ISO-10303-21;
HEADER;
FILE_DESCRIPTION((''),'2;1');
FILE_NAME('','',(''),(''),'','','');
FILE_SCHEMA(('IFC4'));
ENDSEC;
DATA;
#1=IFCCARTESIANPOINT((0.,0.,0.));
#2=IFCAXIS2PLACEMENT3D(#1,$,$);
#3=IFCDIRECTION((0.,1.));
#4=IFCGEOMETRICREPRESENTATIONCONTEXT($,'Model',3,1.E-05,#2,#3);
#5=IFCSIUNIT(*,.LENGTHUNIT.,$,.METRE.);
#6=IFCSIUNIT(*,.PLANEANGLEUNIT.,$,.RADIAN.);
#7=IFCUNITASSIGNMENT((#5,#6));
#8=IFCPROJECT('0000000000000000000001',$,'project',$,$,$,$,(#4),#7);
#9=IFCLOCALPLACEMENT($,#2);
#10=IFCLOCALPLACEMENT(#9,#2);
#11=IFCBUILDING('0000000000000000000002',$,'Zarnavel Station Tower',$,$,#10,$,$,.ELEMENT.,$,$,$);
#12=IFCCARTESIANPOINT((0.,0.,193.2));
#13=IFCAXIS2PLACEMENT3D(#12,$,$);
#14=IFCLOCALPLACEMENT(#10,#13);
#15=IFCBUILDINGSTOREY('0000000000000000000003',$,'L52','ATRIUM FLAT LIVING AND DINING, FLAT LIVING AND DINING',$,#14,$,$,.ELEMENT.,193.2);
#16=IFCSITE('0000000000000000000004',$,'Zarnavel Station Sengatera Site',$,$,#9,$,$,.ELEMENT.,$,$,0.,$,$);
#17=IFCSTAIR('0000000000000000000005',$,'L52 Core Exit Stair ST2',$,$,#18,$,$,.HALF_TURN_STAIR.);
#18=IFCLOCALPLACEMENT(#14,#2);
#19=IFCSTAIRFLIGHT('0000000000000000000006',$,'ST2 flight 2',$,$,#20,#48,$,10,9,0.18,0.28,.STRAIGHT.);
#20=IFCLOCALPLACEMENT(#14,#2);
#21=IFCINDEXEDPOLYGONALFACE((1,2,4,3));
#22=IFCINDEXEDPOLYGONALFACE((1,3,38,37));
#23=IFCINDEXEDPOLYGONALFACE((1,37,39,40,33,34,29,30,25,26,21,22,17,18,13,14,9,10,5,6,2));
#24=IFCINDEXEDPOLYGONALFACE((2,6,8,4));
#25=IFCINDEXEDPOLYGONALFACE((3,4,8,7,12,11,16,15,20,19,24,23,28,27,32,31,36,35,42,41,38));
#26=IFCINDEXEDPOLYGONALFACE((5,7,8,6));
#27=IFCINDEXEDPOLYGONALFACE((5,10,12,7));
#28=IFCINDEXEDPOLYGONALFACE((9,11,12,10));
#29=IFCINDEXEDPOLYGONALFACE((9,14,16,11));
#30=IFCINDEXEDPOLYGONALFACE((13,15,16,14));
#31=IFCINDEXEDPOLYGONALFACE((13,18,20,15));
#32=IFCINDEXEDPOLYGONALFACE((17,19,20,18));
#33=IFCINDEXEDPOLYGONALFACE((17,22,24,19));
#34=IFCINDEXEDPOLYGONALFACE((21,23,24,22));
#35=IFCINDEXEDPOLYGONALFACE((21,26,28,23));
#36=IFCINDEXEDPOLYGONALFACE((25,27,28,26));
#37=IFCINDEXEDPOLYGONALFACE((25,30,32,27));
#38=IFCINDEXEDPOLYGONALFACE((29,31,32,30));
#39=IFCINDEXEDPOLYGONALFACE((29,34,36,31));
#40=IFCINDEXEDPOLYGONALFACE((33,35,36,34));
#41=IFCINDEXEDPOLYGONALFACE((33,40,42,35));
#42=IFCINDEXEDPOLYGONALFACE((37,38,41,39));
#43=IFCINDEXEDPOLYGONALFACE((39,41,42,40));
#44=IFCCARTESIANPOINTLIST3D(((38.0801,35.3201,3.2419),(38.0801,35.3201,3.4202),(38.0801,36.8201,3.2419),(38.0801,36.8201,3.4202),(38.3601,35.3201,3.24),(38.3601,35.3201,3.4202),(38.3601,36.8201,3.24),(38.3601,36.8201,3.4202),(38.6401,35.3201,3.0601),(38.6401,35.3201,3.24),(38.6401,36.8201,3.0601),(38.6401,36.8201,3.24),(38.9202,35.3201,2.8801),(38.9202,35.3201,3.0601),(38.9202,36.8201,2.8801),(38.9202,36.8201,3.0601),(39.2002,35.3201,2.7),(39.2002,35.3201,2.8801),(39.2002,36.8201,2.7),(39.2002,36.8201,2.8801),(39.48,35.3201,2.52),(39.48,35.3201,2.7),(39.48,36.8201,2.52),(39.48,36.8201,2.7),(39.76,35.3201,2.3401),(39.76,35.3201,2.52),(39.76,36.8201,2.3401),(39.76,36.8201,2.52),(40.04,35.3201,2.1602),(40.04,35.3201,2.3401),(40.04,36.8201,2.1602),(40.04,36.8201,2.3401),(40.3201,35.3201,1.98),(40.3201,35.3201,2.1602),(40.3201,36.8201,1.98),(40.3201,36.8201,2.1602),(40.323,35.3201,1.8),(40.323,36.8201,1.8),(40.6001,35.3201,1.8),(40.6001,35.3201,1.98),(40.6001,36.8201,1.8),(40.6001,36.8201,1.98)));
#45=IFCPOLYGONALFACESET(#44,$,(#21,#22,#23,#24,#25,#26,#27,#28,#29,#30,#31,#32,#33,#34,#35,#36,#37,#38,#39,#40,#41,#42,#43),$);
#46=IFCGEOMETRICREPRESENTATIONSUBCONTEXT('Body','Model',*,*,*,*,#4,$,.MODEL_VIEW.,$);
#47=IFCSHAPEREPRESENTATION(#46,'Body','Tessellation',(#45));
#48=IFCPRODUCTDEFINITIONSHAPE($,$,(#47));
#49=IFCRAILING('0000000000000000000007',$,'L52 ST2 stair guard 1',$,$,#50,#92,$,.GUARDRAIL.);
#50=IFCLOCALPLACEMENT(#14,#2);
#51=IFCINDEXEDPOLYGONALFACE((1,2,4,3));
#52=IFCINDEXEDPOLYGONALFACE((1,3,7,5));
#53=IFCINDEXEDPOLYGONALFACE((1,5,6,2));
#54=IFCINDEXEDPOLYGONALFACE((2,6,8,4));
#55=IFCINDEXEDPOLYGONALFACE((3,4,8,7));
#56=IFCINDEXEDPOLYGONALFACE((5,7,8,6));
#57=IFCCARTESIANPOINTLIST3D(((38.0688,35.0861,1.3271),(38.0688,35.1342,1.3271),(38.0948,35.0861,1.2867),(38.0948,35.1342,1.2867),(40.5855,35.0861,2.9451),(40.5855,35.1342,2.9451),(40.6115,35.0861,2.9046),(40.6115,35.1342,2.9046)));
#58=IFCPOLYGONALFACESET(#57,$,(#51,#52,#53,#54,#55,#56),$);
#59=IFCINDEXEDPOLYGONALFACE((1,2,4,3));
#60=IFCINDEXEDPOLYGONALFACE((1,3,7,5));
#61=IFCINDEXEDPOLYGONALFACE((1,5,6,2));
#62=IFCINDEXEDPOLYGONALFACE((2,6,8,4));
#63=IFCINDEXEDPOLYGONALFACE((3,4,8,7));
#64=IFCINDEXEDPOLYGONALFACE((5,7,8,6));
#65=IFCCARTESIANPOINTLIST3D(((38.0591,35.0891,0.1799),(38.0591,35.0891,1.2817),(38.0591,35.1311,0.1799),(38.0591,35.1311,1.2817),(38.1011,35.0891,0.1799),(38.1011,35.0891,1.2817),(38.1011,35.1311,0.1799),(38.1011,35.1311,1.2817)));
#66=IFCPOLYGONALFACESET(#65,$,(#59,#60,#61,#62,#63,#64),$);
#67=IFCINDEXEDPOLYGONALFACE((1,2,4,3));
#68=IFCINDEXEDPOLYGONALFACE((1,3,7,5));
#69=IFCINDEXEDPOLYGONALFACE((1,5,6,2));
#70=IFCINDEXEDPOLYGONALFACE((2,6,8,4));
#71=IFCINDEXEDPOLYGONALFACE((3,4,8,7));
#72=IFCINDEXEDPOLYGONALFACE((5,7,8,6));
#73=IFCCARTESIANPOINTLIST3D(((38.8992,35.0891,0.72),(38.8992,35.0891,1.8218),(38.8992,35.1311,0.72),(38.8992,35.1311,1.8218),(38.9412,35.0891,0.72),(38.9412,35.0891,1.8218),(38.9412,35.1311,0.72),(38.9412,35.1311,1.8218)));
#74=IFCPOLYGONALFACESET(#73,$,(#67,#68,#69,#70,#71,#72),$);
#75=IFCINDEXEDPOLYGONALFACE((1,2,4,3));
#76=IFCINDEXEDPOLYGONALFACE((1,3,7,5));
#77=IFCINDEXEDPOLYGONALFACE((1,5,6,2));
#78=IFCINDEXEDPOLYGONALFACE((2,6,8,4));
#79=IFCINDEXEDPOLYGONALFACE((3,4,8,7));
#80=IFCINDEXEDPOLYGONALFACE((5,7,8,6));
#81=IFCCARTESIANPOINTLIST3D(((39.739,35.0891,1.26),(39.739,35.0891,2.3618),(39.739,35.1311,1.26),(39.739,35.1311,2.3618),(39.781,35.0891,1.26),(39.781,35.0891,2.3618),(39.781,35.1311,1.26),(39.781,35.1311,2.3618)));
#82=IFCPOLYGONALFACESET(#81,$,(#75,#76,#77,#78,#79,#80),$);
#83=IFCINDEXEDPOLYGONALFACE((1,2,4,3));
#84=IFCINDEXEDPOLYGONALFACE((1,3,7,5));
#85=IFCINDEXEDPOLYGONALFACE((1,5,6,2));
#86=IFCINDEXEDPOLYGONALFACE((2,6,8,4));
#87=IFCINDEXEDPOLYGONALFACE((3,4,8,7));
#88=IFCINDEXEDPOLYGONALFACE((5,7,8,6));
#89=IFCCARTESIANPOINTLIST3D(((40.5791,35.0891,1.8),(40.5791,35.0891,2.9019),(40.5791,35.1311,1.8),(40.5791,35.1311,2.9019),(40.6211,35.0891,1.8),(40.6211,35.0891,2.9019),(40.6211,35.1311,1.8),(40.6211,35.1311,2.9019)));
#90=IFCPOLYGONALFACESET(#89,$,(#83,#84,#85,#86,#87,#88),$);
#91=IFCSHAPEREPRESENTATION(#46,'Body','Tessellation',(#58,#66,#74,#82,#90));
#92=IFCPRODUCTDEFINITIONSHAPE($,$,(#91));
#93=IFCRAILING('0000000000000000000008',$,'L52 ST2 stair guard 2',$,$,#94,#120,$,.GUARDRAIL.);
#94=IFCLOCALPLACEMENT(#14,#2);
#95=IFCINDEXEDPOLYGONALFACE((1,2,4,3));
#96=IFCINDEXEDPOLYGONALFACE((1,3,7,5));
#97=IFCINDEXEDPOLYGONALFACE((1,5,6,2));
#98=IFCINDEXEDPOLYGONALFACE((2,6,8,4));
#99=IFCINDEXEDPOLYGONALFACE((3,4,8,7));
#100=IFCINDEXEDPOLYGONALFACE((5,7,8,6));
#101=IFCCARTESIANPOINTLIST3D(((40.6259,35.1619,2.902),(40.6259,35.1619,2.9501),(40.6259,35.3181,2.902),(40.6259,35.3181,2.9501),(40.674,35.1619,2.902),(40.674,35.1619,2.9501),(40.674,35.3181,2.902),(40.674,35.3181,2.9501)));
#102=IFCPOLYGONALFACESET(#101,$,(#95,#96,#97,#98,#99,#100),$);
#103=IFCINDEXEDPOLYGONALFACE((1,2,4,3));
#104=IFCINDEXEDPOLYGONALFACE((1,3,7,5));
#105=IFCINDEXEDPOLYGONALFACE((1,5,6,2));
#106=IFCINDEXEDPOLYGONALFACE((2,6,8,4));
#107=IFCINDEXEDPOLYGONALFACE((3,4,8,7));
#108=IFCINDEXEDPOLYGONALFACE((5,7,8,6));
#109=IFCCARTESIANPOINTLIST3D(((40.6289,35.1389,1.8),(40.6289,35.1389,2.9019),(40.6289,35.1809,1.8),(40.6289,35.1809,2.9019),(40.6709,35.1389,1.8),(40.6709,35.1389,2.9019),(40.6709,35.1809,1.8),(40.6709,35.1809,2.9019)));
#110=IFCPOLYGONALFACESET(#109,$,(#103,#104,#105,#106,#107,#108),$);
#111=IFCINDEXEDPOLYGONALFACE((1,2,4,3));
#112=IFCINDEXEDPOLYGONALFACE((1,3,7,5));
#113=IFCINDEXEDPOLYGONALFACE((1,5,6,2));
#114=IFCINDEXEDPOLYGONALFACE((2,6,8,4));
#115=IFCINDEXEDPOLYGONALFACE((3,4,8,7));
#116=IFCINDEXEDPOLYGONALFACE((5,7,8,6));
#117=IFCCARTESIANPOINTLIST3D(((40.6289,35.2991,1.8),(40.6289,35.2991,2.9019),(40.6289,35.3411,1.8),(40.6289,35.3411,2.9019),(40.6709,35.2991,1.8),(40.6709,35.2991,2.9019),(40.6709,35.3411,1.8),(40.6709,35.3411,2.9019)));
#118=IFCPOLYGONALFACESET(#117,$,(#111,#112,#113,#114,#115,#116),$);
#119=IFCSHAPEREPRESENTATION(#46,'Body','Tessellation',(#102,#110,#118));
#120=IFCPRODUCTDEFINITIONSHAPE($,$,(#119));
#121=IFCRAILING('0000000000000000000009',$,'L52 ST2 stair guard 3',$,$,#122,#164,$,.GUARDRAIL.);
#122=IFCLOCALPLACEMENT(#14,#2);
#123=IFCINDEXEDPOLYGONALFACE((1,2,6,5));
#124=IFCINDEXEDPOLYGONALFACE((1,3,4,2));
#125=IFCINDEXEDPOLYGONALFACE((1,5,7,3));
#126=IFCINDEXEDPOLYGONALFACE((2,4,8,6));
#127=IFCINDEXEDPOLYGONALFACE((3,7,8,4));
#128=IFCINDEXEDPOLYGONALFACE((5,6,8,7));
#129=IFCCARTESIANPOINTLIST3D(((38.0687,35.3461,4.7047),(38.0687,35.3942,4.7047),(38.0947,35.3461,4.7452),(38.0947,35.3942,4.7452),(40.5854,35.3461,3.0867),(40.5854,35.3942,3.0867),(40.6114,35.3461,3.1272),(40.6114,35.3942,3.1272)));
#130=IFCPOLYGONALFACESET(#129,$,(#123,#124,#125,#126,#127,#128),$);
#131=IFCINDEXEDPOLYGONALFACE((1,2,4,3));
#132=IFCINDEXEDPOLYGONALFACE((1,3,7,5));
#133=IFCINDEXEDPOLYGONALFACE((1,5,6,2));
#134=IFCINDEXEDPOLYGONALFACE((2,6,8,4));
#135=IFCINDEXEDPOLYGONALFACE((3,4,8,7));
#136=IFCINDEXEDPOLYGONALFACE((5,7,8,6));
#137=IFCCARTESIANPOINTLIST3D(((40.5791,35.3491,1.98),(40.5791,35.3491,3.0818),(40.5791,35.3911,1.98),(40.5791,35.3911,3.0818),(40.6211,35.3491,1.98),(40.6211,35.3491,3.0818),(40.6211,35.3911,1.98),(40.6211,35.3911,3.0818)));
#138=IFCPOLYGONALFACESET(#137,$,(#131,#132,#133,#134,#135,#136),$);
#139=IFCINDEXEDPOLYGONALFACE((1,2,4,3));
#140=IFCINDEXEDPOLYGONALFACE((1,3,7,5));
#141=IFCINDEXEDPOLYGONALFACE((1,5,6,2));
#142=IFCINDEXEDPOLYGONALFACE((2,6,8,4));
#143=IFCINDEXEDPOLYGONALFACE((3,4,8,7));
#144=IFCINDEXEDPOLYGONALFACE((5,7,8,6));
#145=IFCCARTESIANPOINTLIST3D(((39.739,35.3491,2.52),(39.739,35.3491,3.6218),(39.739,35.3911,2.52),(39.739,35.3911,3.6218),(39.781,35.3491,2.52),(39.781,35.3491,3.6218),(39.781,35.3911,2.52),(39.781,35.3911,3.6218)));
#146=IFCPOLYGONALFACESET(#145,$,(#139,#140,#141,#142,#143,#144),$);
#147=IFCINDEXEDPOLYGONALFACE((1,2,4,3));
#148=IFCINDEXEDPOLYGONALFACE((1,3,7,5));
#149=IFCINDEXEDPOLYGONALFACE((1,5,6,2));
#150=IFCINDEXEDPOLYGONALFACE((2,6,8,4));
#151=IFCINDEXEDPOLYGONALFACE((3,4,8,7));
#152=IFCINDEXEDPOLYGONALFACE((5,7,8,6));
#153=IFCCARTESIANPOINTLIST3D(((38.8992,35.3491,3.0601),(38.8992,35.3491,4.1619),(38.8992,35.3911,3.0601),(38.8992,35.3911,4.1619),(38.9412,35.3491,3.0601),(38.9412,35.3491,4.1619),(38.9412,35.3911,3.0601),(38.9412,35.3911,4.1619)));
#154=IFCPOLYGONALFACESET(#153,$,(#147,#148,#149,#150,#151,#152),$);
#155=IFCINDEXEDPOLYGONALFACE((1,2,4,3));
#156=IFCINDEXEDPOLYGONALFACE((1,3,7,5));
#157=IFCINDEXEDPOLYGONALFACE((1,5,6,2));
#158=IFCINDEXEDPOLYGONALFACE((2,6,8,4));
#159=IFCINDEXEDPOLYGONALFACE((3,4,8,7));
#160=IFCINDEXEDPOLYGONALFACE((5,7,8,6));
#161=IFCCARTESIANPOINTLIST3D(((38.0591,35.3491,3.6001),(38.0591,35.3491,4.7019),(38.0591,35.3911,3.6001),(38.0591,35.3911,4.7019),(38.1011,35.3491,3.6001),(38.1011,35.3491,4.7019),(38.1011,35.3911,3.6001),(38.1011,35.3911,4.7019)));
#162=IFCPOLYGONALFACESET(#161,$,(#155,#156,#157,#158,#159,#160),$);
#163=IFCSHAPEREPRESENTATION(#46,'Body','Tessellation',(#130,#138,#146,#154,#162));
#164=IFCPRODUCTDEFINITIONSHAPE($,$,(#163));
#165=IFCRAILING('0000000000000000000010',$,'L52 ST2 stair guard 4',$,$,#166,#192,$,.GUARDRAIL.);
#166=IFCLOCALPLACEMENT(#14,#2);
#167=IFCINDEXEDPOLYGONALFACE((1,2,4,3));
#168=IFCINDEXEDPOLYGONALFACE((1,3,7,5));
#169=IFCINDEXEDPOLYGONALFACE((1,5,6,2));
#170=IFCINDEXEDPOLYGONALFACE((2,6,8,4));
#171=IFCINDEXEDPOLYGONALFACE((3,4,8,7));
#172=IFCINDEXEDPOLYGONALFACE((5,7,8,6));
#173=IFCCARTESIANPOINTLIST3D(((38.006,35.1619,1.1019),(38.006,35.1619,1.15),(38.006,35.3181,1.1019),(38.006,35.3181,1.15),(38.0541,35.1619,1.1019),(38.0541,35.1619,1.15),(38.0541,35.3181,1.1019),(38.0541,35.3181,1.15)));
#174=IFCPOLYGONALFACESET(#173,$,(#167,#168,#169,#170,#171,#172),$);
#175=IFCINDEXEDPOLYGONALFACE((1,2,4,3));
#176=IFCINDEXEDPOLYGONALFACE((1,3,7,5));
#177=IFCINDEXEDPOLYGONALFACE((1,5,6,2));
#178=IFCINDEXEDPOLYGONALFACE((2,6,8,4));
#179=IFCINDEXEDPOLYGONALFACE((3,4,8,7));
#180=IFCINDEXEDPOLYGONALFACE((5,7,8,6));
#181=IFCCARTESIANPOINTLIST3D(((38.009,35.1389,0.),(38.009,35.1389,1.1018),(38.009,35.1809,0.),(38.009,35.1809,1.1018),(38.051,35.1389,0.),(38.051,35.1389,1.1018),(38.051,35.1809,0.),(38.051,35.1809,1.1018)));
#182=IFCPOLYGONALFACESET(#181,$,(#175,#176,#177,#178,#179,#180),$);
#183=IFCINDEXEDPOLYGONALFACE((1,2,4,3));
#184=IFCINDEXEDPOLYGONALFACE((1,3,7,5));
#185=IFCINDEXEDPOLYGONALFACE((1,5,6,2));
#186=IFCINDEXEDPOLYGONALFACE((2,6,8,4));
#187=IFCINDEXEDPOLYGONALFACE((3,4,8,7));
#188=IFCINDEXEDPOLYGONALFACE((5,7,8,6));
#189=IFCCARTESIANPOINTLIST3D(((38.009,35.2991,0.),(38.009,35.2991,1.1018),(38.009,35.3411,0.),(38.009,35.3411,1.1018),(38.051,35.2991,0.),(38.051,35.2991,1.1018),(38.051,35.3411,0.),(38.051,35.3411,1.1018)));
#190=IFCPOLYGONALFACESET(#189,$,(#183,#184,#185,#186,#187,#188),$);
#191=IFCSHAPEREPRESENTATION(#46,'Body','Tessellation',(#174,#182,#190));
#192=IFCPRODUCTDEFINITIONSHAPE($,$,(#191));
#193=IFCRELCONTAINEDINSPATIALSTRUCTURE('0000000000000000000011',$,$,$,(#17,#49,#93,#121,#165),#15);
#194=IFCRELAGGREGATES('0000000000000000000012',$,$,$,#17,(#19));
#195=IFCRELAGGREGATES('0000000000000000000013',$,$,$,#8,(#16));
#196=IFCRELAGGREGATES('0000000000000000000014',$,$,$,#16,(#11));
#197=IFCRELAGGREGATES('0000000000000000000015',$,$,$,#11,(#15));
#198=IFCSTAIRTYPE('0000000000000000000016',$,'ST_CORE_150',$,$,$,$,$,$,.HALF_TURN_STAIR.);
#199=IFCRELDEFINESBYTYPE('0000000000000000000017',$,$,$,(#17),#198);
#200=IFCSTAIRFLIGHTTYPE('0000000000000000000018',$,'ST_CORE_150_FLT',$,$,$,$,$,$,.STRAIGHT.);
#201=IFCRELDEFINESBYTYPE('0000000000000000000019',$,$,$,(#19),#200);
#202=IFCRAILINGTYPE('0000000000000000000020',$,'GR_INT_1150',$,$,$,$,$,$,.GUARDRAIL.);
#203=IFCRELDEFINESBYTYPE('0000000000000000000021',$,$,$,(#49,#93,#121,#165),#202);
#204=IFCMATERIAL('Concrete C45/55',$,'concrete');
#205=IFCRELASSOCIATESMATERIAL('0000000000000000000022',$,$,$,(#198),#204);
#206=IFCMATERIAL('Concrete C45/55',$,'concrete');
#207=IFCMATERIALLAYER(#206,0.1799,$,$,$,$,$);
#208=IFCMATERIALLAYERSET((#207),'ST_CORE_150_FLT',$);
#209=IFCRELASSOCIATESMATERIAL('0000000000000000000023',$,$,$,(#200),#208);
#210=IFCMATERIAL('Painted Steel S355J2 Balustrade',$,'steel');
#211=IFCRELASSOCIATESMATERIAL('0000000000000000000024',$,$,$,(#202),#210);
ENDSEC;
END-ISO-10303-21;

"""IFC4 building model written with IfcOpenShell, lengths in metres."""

from ifc_helpers import new_model, si_unit, direction, frame, origin, origin_2d, place, context, subcontext, project, spatial, polyline, rectangle, outline, extrude, material, layer, layer_set, type_object, element, aggregate, save


model = new_model("IFC4")

# Units and contexts
model_context = context("Model", 3, precision=1e-05, world=origin(), true_north=direction((0.0, 1.0)))
body_context = subcontext(model_context, "Body", "Model", "MODEL_VIEW")
ifc_project = project(units=[si_unit("LENGTHUNIT", "METRE"), si_unit("PLANEANGLEUNIT", "RADIAN")], contexts=[model_context])

# Site, building, storey
site_placement = place(None, origin())
site = spatial("IfcSite", under=ifc_project, at=site_placement, Name="Zarnavel Station Sengatera Site", CompositionType="ELEMENT", RefElevation=0.0)
building_placement = place(site_placement, origin())
building = spatial("IfcBuilding", under=site, at=building_placement, Name="Zarnavel Station Tower", CompositionType="ELEMENT")
storey_placement = place(building_placement, frame((0.0, 0.0, 193.2)))
storey = spatial("IfcBuildingStorey", under=building, at=storey_placement, Name="L52", Description="ATRIUM FLAT LIVING AND DINING, FLAT LIVING AND DINING", CompositionType="ELEMENT", Elevation=193.2)

# Stair, stair flight
ifc_material_1 = material(Name="Concrete C45/55", Category="concrete")
stair_type = type_object("IfcStairType", Name="ST_CORE_150", PredefinedType="HALF_TURN_STAIR", material=ifc_material_1)
stair_placement = place(storey_placement, origin())
stair = element("IfcStair", 1, at=stair_placement, inside=storey, type_object=stair_type, Name="L52 Core Exit Stair ST2", PredefinedType="HALF_TURN_STAIR")
ifc_material_2 = material(Name="Concrete C45/55", Category="concrete")
ifc_layer_1 = layer(ifc_material_2, 0.1799)
ifc_layer_set_1 = layer_set([ifc_layer_1], Name="ST_CORE_150_FLT")
stair_flight_type = type_object("IfcStairFlightType", Name="ST_CORE_150_FLT", PredefinedType="STRAIGHT", material=ifc_layer_set_1)
stair_flight_1_placement = place(storey_placement, frame((40.6001, 36.0701, 1.8), z_axis=(0.0, 0.0, 1.0), x_axis=(-1.0, 0.0, 0.0)))
stair_flight_1 = element("IfcStairFlight", 2, at=stair_flight_1_placement, type_object=stair_flight_type, Name="ST2 flight 2", NumberOfRisers=10, NumberOfTreads=9, PredefinedType="STRAIGHT", RiserHeight=0.18, TreadLength=0.28, context=body_context, shape_type="SweptSolid", body=[
    extrude(outline(polyline([(0.0, 0.0), (0.0, 0.1799), (0.28, 0.1799), (0.28, 0.3601), (0.5601, 0.3601), (0.5601, 0.54), (0.8401, 0.54), (0.8401, 0.72), (1.1201, 0.72), (1.1201, 0.8999), (1.3999, 0.8999), (1.3999, 1.0801), (1.6799, 1.0801), (1.6799, 1.26), (1.96, 1.26), (1.96, 1.4399), (2.24, 1.4399), (2.24, 1.6201), (2.52, 1.6201), (2.52, 1.8), (2.52, 1.4419), (0.2771, 0.0), (0.0, 0.0)])), frame((0.0, 0.75, 0.0), z_axis=(0.0, -1.0, 0.0), x_axis=(1.0, 0.0, 0.0)), (0.0, 0.0, 1.0), 1.5),
])
aggregate(stair, [stair_flight_1])

# Railings
ifc_material_3 = material(Name="Painted Steel S355J2 Balustrade", Category="steel")
railing_type_1 = type_object("IfcRailingType", Name="GR_INT_1150", PredefinedType="GUARDRAIL", material=ifc_material_3)
railing_1_placement = place(storey_placement, frame((38.0801, 35.1101, 0.1799)))
element("IfcRailing", 3, at=railing_1_placement, inside=storey, type_object=railing_type_1, Name="L52 ST2 stair guard 1", PredefinedType="GUARDRAIL", context=body_context, shape_type="SweptSolid", body=[
    extrude(rectangle(XDim=0.0481, YDim=0.0481, at=origin_2d()), frame((0.0017, 0.0, 1.127), z_axis=(0.841163, 0.0, 0.540782), x_axis=(0.0, 1.0, 0.0)), (0.0, 0.0, 1.0), 2.9919),
    extrude(rectangle(XDim=0.042, YDim=0.042, at=origin_2d()), origin(), (0.0, 0.0, 1.0), 1.1018),
    extrude(rectangle(XDim=0.042, YDim=0.042, at=origin_2d()), frame((0.8401, 0.0, 0.54)), (0.0, 0.0, 1.0), 1.1018),
    extrude(rectangle(XDim=0.042, YDim=0.042, at=origin_2d()), frame((1.6799, 0.0, 1.0801)), (0.0, 0.0, 1.0), 1.1018),
    extrude(rectangle(XDim=0.042, YDim=0.042, at=origin_2d()), frame((2.52, 0.0, 1.6201)), (0.0, 0.0, 1.0), 1.1018),
])
railing_2_placement = place(storey_placement, frame((40.6499, 35.1599, 1.8)))
element("IfcRailing", 4, at=railing_2_placement, inside=storey, type_object=railing_type_1, Name="L52 ST2 stair guard 2", PredefinedType="GUARDRAIL", context=body_context, shape_type="SweptSolid", body=[
    extrude(rectangle(XDim=0.0481, YDim=0.0481, at=origin_2d()), frame((0.0, 0.002, 1.126), z_axis=(0.0, 1.0, 0.0), x_axis=(-1.0, 0.0, 0.0)), (0.0, 0.0, 1.0), 0.1562),
    extrude(rectangle(XDim=0.042, YDim=0.042, at=origin_2d()), origin(), (0.0, 0.0, 1.0), 1.1018),
    extrude(rectangle(XDim=0.042, YDim=0.042, at=origin_2d()), frame((0.0, 0.1602, 0.0)), (0.0, 0.0, 1.0), 1.1018),
])
railing_3_placement = place(storey_placement, frame((40.6001, 35.3701, 1.98)))
element("IfcRailing", 5, at=railing_3_placement, inside=storey, type_object=railing_type_1, Name="L52 ST2 stair guard 3", PredefinedType="GUARDRAIL", context=body_context, shape_type="SweptSolid", body=[
    extrude(rectangle(XDim=0.0481, YDim=0.0481, at=origin_2d()), frame((-0.0017, 0.0, 1.127), z_axis=(-0.841163, 0.0, 0.540782), x_axis=(0.0, -1.0, 0.0)), (0.0, 0.0, 1.0), 2.9919),
    extrude(rectangle(XDim=0.042, YDim=0.042, at=origin_2d()), origin(), (0.0, 0.0, 1.0), 1.1018),
    extrude(rectangle(XDim=0.042, YDim=0.042, at=origin_2d()), frame((-0.8401, 0.0, 0.54)), (0.0, 0.0, 1.0), 1.1018),
    extrude(rectangle(XDim=0.042, YDim=0.042, at=origin_2d()), frame((-1.6799, 0.0, 1.0801)), (0.0, 0.0, 1.0), 1.1018),
    extrude(rectangle(XDim=0.042, YDim=0.042, at=origin_2d()), frame((-2.52, 0.0, 1.6201)), (0.0, 0.0, 1.0), 1.1018),
])
railing_4_placement = place(storey_placement, frame((38.03, 35.1599, 0.0)))
element("IfcRailing", 6, at=railing_4_placement, inside=storey, type_object=railing_type_1, Name="L52 ST2 stair guard 4", PredefinedType="GUARDRAIL", context=body_context, shape_type="SweptSolid", body=[
    extrude(rectangle(XDim=0.0481, YDim=0.0481, at=origin_2d()), frame((0.0, 0.002, 1.126), z_axis=(0.0, 1.0, 0.0), x_axis=(-1.0, 0.0, 0.0)), (0.0, 0.0, 1.0), 0.1562),
    extrude(rectangle(XDim=0.042, YDim=0.042, at=origin_2d()), origin(), (0.0, 0.0, 1.0), 1.1018),
    extrude(rectangle(XDim=0.042, YDim=0.042, at=origin_2d()), frame((0.0, 0.1602, 0.0)), (0.0, 0.0, 1.0), 1.1018),
])

save(model, "model.ifc")
